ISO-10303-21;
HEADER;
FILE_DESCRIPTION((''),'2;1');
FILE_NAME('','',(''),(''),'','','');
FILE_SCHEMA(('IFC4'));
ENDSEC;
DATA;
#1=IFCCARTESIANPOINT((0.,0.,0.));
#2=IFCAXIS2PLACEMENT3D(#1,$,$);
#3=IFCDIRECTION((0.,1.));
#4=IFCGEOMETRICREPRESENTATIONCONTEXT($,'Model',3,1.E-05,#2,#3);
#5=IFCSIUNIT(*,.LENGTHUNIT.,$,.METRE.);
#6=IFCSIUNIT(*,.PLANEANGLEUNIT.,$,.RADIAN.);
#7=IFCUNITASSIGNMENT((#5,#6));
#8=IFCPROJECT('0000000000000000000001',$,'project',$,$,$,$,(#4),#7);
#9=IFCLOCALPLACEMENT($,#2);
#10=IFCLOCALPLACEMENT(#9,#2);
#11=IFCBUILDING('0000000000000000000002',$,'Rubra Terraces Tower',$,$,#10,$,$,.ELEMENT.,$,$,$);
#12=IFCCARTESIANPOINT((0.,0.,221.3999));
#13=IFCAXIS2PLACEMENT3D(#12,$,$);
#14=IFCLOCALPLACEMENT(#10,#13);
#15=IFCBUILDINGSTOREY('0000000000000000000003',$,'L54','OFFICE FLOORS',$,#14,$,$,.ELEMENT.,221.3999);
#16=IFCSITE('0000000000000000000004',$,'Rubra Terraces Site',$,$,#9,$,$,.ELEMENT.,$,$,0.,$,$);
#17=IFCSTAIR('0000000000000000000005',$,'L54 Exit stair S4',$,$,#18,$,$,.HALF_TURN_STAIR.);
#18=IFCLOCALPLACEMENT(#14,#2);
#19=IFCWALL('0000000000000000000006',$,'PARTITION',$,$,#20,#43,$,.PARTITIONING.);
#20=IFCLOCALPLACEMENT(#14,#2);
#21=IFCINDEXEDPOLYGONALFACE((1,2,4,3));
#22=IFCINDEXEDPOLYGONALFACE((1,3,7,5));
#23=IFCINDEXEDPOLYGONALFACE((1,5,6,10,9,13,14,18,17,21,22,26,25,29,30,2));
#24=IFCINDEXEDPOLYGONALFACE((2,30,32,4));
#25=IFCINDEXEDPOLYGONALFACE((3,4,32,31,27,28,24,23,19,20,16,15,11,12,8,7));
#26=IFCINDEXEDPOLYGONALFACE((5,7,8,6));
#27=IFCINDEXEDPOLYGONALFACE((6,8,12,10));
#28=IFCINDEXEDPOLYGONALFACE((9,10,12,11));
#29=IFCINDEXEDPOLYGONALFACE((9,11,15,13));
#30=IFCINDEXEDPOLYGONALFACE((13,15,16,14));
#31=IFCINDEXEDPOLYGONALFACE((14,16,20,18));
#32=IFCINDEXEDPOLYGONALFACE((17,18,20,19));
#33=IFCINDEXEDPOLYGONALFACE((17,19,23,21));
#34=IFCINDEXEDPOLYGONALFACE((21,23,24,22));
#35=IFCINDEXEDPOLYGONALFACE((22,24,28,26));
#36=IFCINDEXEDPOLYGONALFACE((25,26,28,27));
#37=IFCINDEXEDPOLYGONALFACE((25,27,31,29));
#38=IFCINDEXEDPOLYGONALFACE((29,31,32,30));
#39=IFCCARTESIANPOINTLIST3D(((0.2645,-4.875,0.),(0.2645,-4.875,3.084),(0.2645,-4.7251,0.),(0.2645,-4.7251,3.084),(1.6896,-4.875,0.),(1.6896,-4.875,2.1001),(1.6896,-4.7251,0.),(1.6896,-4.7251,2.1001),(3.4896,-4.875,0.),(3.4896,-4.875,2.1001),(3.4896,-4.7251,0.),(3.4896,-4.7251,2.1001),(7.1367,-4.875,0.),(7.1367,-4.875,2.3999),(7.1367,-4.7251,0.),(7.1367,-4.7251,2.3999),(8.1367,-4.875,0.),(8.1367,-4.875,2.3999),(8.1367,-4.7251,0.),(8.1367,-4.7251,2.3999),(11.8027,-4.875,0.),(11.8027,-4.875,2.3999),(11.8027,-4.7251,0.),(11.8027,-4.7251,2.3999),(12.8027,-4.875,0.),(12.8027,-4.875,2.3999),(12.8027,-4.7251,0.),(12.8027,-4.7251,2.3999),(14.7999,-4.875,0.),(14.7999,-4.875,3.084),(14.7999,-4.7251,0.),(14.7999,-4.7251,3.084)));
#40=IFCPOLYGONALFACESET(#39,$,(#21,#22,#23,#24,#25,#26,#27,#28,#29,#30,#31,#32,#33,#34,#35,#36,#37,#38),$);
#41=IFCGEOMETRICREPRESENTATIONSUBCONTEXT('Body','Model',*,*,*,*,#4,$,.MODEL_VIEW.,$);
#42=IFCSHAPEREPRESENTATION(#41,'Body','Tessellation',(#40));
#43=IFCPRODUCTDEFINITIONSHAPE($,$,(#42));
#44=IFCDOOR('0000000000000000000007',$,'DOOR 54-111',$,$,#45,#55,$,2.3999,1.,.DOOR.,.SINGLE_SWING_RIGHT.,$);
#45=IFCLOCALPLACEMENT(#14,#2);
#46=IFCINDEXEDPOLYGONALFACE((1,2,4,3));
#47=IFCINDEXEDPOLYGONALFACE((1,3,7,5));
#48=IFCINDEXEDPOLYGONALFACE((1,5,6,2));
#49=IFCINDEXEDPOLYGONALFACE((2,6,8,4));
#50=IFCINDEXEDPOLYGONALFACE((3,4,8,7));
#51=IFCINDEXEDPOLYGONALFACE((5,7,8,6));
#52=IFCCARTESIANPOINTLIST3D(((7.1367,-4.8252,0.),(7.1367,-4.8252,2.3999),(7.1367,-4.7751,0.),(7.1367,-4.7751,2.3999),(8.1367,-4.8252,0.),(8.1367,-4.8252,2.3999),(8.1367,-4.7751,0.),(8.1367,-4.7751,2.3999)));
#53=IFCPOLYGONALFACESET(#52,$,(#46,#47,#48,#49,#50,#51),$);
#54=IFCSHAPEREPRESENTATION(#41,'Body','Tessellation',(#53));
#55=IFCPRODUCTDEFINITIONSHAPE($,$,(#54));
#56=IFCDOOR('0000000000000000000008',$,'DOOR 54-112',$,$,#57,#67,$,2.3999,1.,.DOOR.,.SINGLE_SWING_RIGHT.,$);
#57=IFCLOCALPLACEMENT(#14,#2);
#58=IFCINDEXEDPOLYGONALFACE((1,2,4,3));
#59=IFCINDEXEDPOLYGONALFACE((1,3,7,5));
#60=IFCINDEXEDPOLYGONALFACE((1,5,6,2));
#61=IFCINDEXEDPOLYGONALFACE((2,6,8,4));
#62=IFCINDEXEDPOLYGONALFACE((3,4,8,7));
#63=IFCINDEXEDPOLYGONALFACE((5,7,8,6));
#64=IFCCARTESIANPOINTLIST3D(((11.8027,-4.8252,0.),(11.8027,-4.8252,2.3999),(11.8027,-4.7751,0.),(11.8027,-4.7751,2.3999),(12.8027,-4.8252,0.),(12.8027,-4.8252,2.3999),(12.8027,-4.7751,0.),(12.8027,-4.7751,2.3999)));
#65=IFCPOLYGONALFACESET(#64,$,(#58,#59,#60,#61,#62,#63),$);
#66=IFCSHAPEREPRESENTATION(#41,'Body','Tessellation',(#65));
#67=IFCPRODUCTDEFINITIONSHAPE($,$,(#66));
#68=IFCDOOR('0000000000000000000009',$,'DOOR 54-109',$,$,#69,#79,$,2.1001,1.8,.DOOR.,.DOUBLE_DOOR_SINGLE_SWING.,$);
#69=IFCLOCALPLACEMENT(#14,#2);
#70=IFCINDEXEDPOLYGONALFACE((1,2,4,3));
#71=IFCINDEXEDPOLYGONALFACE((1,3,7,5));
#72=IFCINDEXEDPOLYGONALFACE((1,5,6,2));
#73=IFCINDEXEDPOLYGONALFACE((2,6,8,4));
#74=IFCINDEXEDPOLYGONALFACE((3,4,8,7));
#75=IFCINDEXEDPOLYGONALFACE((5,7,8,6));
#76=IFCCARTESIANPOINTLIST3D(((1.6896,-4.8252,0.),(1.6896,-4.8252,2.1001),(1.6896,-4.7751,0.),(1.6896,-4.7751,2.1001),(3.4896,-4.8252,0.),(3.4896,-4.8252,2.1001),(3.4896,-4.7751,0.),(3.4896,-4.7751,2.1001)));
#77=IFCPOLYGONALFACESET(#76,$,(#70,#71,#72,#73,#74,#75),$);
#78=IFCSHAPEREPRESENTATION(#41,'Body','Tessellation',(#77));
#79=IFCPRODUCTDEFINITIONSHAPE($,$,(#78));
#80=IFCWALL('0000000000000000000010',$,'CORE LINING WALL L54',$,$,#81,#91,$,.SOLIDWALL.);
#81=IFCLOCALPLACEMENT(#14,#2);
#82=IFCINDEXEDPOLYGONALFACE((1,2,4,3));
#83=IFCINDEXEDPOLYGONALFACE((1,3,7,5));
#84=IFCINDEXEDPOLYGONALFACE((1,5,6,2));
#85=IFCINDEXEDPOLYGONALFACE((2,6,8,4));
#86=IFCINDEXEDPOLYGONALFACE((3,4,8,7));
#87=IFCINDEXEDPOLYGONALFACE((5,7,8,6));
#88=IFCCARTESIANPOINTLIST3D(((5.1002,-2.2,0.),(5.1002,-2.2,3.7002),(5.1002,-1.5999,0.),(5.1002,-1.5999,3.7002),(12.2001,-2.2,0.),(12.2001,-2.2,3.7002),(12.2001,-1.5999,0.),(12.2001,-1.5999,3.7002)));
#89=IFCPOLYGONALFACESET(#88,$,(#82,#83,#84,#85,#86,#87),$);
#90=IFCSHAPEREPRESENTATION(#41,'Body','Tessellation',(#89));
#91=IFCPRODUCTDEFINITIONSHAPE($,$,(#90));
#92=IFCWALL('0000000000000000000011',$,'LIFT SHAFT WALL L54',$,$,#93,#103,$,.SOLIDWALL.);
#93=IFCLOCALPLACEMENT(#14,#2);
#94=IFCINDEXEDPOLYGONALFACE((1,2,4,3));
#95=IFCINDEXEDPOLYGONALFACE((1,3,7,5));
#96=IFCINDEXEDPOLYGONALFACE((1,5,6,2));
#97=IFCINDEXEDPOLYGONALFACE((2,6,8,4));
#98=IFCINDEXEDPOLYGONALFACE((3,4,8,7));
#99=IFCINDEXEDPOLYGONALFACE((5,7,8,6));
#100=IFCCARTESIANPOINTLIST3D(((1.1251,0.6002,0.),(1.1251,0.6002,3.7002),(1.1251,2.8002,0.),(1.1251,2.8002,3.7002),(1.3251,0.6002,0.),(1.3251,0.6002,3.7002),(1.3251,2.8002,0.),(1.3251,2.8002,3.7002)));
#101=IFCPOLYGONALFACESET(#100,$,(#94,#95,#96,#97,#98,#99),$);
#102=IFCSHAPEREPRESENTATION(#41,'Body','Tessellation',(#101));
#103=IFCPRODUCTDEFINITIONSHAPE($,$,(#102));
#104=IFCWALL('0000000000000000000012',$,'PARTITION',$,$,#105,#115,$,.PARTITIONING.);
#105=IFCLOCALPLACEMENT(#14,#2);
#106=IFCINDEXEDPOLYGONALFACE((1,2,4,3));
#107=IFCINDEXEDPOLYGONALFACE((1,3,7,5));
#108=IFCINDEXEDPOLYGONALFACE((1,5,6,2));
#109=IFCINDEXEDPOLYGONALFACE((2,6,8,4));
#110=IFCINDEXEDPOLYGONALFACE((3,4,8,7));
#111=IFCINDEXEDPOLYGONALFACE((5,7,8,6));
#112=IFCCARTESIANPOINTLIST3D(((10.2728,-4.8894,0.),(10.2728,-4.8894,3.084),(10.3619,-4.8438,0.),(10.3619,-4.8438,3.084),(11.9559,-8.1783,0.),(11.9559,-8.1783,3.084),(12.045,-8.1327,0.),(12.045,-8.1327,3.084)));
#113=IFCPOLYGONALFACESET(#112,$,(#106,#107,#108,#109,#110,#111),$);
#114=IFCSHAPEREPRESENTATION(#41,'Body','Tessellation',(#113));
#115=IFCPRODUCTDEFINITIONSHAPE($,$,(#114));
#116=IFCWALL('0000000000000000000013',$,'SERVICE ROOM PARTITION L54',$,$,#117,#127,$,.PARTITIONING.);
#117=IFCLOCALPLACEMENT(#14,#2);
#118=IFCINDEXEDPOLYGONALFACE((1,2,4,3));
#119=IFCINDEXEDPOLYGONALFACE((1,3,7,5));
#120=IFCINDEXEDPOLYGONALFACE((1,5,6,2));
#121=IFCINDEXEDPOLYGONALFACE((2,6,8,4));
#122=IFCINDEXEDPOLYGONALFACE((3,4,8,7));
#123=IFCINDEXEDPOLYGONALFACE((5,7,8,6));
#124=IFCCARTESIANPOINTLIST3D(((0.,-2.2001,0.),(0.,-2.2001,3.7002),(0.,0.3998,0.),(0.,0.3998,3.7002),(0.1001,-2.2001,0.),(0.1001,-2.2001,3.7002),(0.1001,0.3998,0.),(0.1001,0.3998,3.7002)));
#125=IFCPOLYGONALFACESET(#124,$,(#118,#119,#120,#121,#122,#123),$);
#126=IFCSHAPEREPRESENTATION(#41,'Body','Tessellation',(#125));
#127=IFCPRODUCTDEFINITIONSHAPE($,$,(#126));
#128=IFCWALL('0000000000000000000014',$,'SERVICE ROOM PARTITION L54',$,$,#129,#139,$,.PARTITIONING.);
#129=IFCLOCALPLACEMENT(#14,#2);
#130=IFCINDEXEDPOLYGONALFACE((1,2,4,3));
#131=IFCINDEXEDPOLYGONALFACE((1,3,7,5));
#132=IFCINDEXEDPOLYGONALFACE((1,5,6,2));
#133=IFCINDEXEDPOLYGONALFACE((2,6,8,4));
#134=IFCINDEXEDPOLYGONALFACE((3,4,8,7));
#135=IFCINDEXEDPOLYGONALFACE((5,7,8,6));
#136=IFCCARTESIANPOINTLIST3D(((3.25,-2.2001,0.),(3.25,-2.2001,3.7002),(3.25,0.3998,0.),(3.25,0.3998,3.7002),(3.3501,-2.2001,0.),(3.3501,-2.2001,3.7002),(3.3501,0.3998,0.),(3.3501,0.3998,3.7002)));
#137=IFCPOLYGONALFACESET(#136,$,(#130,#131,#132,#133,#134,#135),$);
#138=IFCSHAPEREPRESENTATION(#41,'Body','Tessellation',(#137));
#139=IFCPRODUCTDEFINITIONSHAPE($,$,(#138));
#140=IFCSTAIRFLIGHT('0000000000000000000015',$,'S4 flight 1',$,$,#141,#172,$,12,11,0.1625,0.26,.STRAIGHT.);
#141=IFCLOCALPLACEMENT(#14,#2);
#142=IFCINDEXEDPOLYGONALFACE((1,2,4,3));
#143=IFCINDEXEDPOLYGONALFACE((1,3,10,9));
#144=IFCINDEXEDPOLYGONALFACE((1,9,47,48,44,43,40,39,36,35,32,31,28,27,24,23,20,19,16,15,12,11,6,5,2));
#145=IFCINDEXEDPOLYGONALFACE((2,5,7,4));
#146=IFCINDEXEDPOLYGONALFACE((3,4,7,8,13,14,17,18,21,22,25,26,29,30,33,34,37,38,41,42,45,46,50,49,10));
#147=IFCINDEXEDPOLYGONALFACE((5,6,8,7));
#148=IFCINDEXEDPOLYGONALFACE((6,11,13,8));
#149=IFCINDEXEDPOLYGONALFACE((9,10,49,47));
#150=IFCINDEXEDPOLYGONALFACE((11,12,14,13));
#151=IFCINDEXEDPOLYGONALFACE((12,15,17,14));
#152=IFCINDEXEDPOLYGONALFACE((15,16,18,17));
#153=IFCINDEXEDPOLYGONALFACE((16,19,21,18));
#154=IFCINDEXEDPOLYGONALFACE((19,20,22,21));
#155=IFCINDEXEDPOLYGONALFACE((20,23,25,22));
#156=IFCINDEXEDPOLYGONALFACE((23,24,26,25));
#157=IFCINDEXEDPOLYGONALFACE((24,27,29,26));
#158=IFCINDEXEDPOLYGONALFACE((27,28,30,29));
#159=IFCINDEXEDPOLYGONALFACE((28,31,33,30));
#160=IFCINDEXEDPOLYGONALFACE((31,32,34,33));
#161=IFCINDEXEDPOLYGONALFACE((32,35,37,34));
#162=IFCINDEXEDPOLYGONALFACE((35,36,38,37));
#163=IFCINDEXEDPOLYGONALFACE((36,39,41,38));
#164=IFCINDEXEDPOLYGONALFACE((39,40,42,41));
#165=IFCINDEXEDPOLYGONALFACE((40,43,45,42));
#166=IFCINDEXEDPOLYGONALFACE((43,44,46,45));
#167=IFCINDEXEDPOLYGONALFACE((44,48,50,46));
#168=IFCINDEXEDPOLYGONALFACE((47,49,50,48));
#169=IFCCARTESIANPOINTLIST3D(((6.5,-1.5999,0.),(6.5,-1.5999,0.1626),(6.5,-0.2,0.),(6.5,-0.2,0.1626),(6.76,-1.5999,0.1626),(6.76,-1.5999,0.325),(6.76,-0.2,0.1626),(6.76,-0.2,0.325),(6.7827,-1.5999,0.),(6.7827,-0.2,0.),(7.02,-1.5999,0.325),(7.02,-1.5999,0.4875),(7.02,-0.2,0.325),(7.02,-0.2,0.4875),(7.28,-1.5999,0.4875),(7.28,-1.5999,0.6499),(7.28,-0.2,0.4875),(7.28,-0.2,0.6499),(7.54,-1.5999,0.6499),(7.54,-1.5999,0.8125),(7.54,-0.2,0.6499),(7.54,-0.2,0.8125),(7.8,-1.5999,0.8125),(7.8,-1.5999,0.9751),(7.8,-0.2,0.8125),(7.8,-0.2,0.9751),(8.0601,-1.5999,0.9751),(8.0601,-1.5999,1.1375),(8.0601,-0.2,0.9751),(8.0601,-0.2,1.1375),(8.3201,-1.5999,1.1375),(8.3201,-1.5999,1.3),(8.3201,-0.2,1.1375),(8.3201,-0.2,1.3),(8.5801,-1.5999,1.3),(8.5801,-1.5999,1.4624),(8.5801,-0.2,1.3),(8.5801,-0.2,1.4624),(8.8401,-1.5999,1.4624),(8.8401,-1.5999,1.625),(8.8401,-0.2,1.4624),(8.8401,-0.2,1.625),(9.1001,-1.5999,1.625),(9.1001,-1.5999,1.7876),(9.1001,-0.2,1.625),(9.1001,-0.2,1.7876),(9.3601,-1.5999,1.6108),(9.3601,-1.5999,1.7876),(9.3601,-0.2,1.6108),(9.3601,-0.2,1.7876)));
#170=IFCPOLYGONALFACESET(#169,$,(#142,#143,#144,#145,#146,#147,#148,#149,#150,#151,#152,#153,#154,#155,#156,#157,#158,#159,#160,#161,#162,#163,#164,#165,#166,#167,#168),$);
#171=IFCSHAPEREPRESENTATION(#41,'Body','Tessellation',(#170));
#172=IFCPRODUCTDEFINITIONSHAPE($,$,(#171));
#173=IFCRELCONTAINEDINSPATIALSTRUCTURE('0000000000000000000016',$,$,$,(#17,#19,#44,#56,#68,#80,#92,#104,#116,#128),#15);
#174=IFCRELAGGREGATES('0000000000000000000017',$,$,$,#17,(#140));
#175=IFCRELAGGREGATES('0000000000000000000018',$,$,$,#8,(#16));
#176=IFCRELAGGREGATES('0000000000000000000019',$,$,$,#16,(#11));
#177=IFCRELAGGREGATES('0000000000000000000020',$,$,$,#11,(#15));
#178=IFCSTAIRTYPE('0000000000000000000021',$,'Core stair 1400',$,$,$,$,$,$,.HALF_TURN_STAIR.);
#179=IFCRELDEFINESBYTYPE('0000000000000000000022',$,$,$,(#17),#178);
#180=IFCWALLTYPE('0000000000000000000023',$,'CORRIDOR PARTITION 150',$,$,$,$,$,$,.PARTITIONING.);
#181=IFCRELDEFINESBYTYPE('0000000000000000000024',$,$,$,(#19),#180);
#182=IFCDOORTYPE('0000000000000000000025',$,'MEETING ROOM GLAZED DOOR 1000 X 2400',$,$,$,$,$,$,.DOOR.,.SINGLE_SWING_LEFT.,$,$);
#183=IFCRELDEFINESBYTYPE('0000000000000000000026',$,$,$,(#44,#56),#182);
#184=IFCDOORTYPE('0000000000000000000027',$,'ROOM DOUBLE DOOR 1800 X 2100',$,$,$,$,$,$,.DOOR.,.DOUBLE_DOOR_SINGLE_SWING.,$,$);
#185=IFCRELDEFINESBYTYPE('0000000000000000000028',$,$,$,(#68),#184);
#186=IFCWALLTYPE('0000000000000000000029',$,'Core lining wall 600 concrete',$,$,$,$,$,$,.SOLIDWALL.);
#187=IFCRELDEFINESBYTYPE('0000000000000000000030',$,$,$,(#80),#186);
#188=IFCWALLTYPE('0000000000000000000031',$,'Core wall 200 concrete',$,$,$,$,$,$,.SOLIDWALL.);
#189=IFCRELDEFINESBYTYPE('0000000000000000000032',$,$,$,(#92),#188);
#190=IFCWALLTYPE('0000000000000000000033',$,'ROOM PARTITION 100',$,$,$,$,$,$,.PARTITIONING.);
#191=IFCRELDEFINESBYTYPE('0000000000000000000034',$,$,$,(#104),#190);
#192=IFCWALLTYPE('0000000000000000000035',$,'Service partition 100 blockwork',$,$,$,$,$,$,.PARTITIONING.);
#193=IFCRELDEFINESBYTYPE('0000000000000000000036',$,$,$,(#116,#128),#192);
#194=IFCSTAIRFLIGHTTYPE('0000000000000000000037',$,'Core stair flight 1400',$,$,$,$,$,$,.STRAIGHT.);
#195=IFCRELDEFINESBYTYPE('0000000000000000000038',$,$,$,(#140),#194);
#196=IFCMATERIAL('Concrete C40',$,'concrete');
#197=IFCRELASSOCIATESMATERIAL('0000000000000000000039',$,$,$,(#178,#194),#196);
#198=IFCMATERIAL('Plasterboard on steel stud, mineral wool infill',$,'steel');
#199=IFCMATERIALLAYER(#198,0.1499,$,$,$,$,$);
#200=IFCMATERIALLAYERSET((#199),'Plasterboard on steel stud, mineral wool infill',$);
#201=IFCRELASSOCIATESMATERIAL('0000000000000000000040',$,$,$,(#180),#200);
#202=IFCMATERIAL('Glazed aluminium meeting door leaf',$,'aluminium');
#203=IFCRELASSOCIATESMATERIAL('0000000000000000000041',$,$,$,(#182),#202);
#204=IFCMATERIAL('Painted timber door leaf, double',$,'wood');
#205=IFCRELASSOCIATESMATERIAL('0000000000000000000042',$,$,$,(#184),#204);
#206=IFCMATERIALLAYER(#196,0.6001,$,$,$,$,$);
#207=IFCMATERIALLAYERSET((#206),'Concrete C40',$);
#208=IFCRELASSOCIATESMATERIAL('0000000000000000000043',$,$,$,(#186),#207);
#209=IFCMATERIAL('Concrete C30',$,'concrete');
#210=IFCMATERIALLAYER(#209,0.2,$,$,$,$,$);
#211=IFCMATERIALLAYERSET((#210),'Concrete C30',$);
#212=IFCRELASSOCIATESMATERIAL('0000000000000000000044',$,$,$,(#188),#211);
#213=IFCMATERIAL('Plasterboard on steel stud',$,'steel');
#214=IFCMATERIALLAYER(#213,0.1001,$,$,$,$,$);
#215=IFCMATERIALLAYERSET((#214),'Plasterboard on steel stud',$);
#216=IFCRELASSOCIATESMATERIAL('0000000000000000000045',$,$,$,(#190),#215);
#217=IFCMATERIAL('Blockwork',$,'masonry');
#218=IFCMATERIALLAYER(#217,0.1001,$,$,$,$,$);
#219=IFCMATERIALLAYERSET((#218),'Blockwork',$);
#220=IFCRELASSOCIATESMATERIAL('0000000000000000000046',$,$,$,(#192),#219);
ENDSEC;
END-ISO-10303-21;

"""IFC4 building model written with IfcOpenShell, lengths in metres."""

from ifc_helpers import new_model, si_unit, direction, frame, frame_2d, origin, place, context, subcontext, project, spatial, polyline, rectangle, outline, extrude, material, layer, layer_set, type_object, element, fill, aggregate, save


model = new_model("IFC4")

# Units and contexts
model_context = context("Model", 3, precision=1e-05, world=origin(), true_north=direction((0.0, 1.0)))
body_context = subcontext(model_context, "Body", "Model", "MODEL_VIEW")
ifc_project = project(units=[si_unit("LENGTHUNIT", "METRE"), si_unit("PLANEANGLEUNIT", "RADIAN")], contexts=[model_context])

# Site, building, storey
site_placement = place(None, origin())
site = spatial("IfcSite", under=ifc_project, at=site_placement, Name="Rubra Terraces Site", CompositionType="ELEMENT", RefElevation=0.0)
building_placement = place(site_placement, origin())
building = spatial("IfcBuilding", under=site, at=building_placement, Name="Rubra Terraces Tower", CompositionType="ELEMENT")
storey_placement = place(building_placement, frame((0.0, 0.0, 221.3999)))
storey = spatial("IfcBuildingStorey", under=building, at=storey_placement, Name="L54", Description="OFFICE FLOORS", CompositionType="ELEMENT", Elevation=221.3999)

# Shared definitions
ifc_material_1 = material(Name="Concrete C40", Category="concrete")

# Stair
stair_type = type_object("IfcStairType", Name="Core stair 1400", PredefinedType="HALF_TURN_STAIR", material=ifc_material_1)
stair_1_placement = place(storey_placement, origin())
stair_1 = element("IfcStair", 1, at=stair_1_placement, inside=storey, type_object=stair_type, Name="L54 Exit stair S4", PredefinedType="HALF_TURN_STAIR")

# Wall, openings, doors
ifc_material_2 = material(Name="Plasterboard on steel stud, mineral wool infill", Category="steel")
ifc_layer_1 = layer(ifc_material_2, 0.1499)
ifc_layer_set_1 = layer_set([ifc_layer_1], Name="Plasterboard on steel stud, mineral wool infill")
wall_type_1 = type_object("IfcWallType", Name="CORRIDOR PARTITION 150", PredefinedType="PARTITIONING", material=ifc_layer_set_1)
wall_1_placement = place(storey_placement, frame((0.2646, -4.8, 0.0), z_axis=(0.0, 0.0, 1.0), x_axis=(1.0, 0.0, 0.0)))
wall_1 = element("IfcWall", 2, at=wall_1_placement, inside=storey, type_object=wall_type_1, Name="PARTITION", PredefinedType="PARTITIONING", context=body_context, shape_type="SweptSolid", body=[
    extrude(rectangle(XDim=14.5354, YDim=0.1499, at=frame_2d((7.2676, 0.0))), origin(), (0.0, 0.0, 1.0), 3.084),
])
opening_1_placement = place(wall_1_placement, frame((1.425, 0.0, 0.0)))
opening_1 = element("IfcOpeningElement", 3, at=opening_1_placement, cuts=wall_1, PredefinedType="OPENING", context=body_context, shape_type="SweptSolid", body=[
    extrude(rectangle(XDim=1.8, YDim=2.1001, at=frame_2d((0.8999, 1.05))), frame((0.0, 0.085, 0.0), z_axis=(0.0, -1.0, 0.0), x_axis=(1.0, 0.0, 0.0)), (0.0, 0.0, 1.0), 0.1699),
])
opening_2_placement = place(wall_1_placement, frame((6.8721, 0.0, 0.0)))
opening_2 = element("IfcOpeningElement", 4, at=opening_2_placement, cuts=wall_1, PredefinedType="OPENING", context=body_context, shape_type="SweptSolid", body=[
    extrude(rectangle(XDim=1.0, YDim=2.3999, at=frame_2d((0.5, 1.2))), frame((0.0, 0.085, 0.0), z_axis=(0.0, -1.0, 0.0), x_axis=(1.0, 0.0, 0.0)), (0.0, 0.0, 1.0), 0.1699),
])
opening_3_placement = place(wall_1_placement, frame((11.5381, 0.0, 0.0)))
opening_3 = element("IfcOpeningElement", 5, at=opening_3_placement, cuts=wall_1, PredefinedType="OPENING", context=body_context, shape_type="SweptSolid", body=[
    extrude(rectangle(XDim=1.0, YDim=2.3999, at=frame_2d((0.5, 1.2))), frame((0.0, 0.085, 0.0), z_axis=(0.0, -1.0, 0.0), x_axis=(1.0, 0.0, 0.0)), (0.0, 0.0, 1.0), 0.1699),
])
ifc_material_3 = material(Name="Glazed aluminium meeting door leaf", Category="aluminium")
door_type_1 = type_object("IfcDoorType", Name="MEETING ROOM GLAZED DOOR 1000 X 2400", OperationType="SINGLE_SWING_LEFT", PredefinedType="DOOR", material=ifc_material_3)
door_1_placement = place(opening_2_placement, origin())
door_1 = element("IfcDoor", 6, at=door_1_placement, inside=storey, type_object=door_type_1, Name="DOOR 54-111", OperationType="SINGLE_SWING_RIGHT", OverallHeight=2.3999, OverallWidth=1.0, PredefinedType="DOOR", context=body_context, shape_type="SweptSolid", body=[
    extrude(rectangle(XDim=1.0, YDim=2.3999, at=frame_2d((0.5, 1.2))), frame((0.0, 0.0249, 0.0), z_axis=(0.0, -1.0, 0.0), x_axis=(1.0, 0.0, 0.0)), (0.0, 0.0, 1.0), 0.05),
])
fill(opening_2, door_1)
door_2_placement = place(opening_3_placement, origin())
door_2 = element("IfcDoor", 7, at=door_2_placement, inside=storey, type_object=door_type_1, Name="DOOR 54-112", OperationType="SINGLE_SWING_RIGHT", OverallHeight=2.3999, OverallWidth=1.0, PredefinedType="DOOR", context=body_context, shape_type="SweptSolid", body=[
    extrude(rectangle(XDim=1.0, YDim=2.3999, at=frame_2d((0.5, 1.2))), frame((0.0, 0.0249, 0.0), z_axis=(0.0, -1.0, 0.0), x_axis=(1.0, 0.0, 0.0)), (0.0, 0.0, 1.0), 0.05),
])
fill(opening_3, door_2)
ifc_material_4 = material(Name="Painted timber door leaf, double", Category="wood")
door_type_2 = type_object("IfcDoorType", Name="ROOM DOUBLE DOOR 1800 X 2100", OperationType="DOUBLE_DOOR_SINGLE_SWING", PredefinedType="DOOR", material=ifc_material_4)
door_3_placement = place(opening_1_placement, origin())
door_3 = element("IfcDoor", 8, at=door_3_placement, inside=storey, type_object=door_type_2, Name="DOOR 54-109", OperationType="DOUBLE_DOOR_SINGLE_SWING", OverallHeight=2.1001, OverallWidth=1.8, PredefinedType="DOOR", context=body_context, shape_type="SweptSolid", body=[
    extrude(rectangle(XDim=1.8, YDim=2.1001, at=frame_2d((0.8999, 1.05))), frame((0.0, 0.0249, 0.0), z_axis=(0.0, -1.0, 0.0), x_axis=(1.0, 0.0, 0.0)), (0.0, 0.0, 1.0), 0.05),
])
fill(opening_1, door_3)

# Walls
ifc_layer_2 = layer(ifc_material_1, 0.6001)
ifc_layer_set_2 = layer_set([ifc_layer_2], Name="Concrete C40")
wall_type_2 = type_object("IfcWallType", Name="Core lining wall 600 concrete", PredefinedType="SOLIDWALL", material=ifc_layer_set_2)
wall_2_placement = place(storey_placement, frame((12.2, -1.8999, 0.0), z_axis=(0.0, 0.0, 1.0), x_axis=(-1.0, 0.0, 0.0)))
element("IfcWall", 9, at=wall_2_placement, inside=storey, type_object=wall_type_2, Name="CORE LINING WALL L54", PredefinedType="SOLIDWALL", context=body_context, shape_type="SweptSolid", body=[
    extrude(rectangle(XDim=7.0999, YDim=0.6001, at=frame_2d((3.5498, 0.0))), origin(), (0.0, 0.0, 1.0), 3.7002),
])
ifc_material_5 = material(Name="Concrete C30", Category="concrete")
ifc_layer_3 = layer(ifc_material_5, 0.2)
ifc_layer_set_3 = layer_set([ifc_layer_3], Name="Concrete C30")
wall_type_3 = type_object("IfcWallType", Name="Core wall 200 concrete", PredefinedType="SOLIDWALL", material=ifc_layer_set_3)
wall_3_placement = place(storey_placement, frame((1.2251, 0.6001, 0.0), z_axis=(0.0, 0.0, 1.0), x_axis=(0.0, 1.0, 0.0)))
element("IfcWall", 10, at=wall_3_placement, inside=storey, type_object=wall_type_3, Name="LIFT SHAFT WALL L54", PredefinedType="SOLIDWALL", context=body_context, shape_type="SweptSolid", body=[
    extrude(rectangle(XDim=2.2, YDim=0.2, at=frame_2d((1.1001, 0.0))), origin(), (0.0, 0.0, 1.0), 3.7002),
])
ifc_material_6 = material(Name="Plasterboard on steel stud", Category="steel")
ifc_layer_4 = layer(ifc_material_6, 0.1001)
ifc_layer_set_4 = layer_set([ifc_layer_4], Name="Plasterboard on steel stud")
wall_type_4 = type_object("IfcWallType", Name="ROOM PARTITION 100", PredefinedType="PARTITIONING", material=ifc_layer_set_4)
wall_4_placement = place(storey_placement, frame((10.3174, -4.8667, 0.0), z_axis=(0.0, 0.0, 1.0), x_axis=(0.455573, -0.890198, 0.0)))
element("IfcWall", 11, at=wall_4_placement, inside=storey, type_object=wall_type_4, Name="PARTITION", PredefinedType="PARTITIONING", context=body_context, shape_type="SweptSolid", body=[
    extrude(rectangle(XDim=3.6946, YDim=0.1001, at=frame_2d((1.8472, 0.0))), origin(), (0.0, 0.0, 1.0), 3.084),
])
ifc_material_7 = material(Name="Blockwork", Category="masonry")
ifc_layer_5 = layer(ifc_material_7, 0.1001)
ifc_layer_set_5 = layer_set([ifc_layer_5], Name="Blockwork")
wall_type_5 = type_object("IfcWallType", Name="Service partition 100 blockwork", PredefinedType="PARTITIONING", material=ifc_layer_set_5)
for number, where, z_axis, x_axis, name in (
    (12, (0.05, -2.2, 0.0), (0.0, 0.0, 1.0), (0.0, 1.0, 0.0), "SERVICE ROOM PARTITION L54"),
    (13, (3.3, -2.2, 0.0), (0.0, 0.0, 1.0), (0.0, 1.0, 0.0), "SERVICE ROOM PARTITION L54"),
):
    element("IfcWall", number, at=place(storey_placement, frame(where, z_axis=z_axis, x_axis=x_axis)), inside=storey, type_object=wall_type_5, Name=name, PredefinedType="PARTITIONING", context=body_context, shape_type="SweptSolid", body=[
        extrude(rectangle(XDim=2.5999, YDim=0.1001, at=frame_2d((1.2998, 0.0))), origin(), (0.0, 0.0, 1.0), 3.7002),
    ])

# Stair flight
stair_flight_type = type_object("IfcStairFlightType", Name="Core stair flight 1400", PredefinedType="STRAIGHT", material=ifc_material_1)
stair_flight_1_placement = place(storey_placement, frame((6.5, -0.8999, 0.0), z_axis=(0.0, 0.0, 1.0), x_axis=(1.0, 0.0, 0.0)))
stair_flight_1 = element("IfcStairFlight", 14, at=stair_flight_1_placement, type_object=stair_flight_type, Name="S4 flight 1", NumberOfRisers=12, NumberOfTreads=11, PredefinedType="STRAIGHT", RiserHeight=0.1625, TreadLength=0.26, context=body_context, shape_type="SweptSolid", body=[
    extrude(outline(polyline([(0.0, 0.0), (0.0, 0.1626), (0.26, 0.1626), (0.26, 0.325), (0.52, 0.325), (0.52, 0.4875), (0.78, 0.4875), (0.78, 0.6499), (1.04, 0.6499), (1.04, 0.8125), (1.3, 0.8125), (1.3, 0.9751), (1.5601, 0.9751), (1.5601, 1.1375), (1.8201, 1.1375), (1.8201, 1.3), (2.0801, 1.3), (2.0801, 1.4624), (2.3401, 1.4624), (2.3401, 1.625), (2.6001, 1.625), (2.6001, 1.7876), (2.8601, 1.7876), (2.8601, 1.95), (2.8601, 1.6108), (0.2827, 0.0), (0.0, 0.0)])), frame((0.0, 0.7, 0.0), z_axis=(0.0, -1.0, 0.0), x_axis=(1.0, 0.0, 0.0)), (0.0, 0.0, 1.0), 1.3999),
])
aggregate(stair_1, [stair_flight_1])

save(model, "model.ifc")
